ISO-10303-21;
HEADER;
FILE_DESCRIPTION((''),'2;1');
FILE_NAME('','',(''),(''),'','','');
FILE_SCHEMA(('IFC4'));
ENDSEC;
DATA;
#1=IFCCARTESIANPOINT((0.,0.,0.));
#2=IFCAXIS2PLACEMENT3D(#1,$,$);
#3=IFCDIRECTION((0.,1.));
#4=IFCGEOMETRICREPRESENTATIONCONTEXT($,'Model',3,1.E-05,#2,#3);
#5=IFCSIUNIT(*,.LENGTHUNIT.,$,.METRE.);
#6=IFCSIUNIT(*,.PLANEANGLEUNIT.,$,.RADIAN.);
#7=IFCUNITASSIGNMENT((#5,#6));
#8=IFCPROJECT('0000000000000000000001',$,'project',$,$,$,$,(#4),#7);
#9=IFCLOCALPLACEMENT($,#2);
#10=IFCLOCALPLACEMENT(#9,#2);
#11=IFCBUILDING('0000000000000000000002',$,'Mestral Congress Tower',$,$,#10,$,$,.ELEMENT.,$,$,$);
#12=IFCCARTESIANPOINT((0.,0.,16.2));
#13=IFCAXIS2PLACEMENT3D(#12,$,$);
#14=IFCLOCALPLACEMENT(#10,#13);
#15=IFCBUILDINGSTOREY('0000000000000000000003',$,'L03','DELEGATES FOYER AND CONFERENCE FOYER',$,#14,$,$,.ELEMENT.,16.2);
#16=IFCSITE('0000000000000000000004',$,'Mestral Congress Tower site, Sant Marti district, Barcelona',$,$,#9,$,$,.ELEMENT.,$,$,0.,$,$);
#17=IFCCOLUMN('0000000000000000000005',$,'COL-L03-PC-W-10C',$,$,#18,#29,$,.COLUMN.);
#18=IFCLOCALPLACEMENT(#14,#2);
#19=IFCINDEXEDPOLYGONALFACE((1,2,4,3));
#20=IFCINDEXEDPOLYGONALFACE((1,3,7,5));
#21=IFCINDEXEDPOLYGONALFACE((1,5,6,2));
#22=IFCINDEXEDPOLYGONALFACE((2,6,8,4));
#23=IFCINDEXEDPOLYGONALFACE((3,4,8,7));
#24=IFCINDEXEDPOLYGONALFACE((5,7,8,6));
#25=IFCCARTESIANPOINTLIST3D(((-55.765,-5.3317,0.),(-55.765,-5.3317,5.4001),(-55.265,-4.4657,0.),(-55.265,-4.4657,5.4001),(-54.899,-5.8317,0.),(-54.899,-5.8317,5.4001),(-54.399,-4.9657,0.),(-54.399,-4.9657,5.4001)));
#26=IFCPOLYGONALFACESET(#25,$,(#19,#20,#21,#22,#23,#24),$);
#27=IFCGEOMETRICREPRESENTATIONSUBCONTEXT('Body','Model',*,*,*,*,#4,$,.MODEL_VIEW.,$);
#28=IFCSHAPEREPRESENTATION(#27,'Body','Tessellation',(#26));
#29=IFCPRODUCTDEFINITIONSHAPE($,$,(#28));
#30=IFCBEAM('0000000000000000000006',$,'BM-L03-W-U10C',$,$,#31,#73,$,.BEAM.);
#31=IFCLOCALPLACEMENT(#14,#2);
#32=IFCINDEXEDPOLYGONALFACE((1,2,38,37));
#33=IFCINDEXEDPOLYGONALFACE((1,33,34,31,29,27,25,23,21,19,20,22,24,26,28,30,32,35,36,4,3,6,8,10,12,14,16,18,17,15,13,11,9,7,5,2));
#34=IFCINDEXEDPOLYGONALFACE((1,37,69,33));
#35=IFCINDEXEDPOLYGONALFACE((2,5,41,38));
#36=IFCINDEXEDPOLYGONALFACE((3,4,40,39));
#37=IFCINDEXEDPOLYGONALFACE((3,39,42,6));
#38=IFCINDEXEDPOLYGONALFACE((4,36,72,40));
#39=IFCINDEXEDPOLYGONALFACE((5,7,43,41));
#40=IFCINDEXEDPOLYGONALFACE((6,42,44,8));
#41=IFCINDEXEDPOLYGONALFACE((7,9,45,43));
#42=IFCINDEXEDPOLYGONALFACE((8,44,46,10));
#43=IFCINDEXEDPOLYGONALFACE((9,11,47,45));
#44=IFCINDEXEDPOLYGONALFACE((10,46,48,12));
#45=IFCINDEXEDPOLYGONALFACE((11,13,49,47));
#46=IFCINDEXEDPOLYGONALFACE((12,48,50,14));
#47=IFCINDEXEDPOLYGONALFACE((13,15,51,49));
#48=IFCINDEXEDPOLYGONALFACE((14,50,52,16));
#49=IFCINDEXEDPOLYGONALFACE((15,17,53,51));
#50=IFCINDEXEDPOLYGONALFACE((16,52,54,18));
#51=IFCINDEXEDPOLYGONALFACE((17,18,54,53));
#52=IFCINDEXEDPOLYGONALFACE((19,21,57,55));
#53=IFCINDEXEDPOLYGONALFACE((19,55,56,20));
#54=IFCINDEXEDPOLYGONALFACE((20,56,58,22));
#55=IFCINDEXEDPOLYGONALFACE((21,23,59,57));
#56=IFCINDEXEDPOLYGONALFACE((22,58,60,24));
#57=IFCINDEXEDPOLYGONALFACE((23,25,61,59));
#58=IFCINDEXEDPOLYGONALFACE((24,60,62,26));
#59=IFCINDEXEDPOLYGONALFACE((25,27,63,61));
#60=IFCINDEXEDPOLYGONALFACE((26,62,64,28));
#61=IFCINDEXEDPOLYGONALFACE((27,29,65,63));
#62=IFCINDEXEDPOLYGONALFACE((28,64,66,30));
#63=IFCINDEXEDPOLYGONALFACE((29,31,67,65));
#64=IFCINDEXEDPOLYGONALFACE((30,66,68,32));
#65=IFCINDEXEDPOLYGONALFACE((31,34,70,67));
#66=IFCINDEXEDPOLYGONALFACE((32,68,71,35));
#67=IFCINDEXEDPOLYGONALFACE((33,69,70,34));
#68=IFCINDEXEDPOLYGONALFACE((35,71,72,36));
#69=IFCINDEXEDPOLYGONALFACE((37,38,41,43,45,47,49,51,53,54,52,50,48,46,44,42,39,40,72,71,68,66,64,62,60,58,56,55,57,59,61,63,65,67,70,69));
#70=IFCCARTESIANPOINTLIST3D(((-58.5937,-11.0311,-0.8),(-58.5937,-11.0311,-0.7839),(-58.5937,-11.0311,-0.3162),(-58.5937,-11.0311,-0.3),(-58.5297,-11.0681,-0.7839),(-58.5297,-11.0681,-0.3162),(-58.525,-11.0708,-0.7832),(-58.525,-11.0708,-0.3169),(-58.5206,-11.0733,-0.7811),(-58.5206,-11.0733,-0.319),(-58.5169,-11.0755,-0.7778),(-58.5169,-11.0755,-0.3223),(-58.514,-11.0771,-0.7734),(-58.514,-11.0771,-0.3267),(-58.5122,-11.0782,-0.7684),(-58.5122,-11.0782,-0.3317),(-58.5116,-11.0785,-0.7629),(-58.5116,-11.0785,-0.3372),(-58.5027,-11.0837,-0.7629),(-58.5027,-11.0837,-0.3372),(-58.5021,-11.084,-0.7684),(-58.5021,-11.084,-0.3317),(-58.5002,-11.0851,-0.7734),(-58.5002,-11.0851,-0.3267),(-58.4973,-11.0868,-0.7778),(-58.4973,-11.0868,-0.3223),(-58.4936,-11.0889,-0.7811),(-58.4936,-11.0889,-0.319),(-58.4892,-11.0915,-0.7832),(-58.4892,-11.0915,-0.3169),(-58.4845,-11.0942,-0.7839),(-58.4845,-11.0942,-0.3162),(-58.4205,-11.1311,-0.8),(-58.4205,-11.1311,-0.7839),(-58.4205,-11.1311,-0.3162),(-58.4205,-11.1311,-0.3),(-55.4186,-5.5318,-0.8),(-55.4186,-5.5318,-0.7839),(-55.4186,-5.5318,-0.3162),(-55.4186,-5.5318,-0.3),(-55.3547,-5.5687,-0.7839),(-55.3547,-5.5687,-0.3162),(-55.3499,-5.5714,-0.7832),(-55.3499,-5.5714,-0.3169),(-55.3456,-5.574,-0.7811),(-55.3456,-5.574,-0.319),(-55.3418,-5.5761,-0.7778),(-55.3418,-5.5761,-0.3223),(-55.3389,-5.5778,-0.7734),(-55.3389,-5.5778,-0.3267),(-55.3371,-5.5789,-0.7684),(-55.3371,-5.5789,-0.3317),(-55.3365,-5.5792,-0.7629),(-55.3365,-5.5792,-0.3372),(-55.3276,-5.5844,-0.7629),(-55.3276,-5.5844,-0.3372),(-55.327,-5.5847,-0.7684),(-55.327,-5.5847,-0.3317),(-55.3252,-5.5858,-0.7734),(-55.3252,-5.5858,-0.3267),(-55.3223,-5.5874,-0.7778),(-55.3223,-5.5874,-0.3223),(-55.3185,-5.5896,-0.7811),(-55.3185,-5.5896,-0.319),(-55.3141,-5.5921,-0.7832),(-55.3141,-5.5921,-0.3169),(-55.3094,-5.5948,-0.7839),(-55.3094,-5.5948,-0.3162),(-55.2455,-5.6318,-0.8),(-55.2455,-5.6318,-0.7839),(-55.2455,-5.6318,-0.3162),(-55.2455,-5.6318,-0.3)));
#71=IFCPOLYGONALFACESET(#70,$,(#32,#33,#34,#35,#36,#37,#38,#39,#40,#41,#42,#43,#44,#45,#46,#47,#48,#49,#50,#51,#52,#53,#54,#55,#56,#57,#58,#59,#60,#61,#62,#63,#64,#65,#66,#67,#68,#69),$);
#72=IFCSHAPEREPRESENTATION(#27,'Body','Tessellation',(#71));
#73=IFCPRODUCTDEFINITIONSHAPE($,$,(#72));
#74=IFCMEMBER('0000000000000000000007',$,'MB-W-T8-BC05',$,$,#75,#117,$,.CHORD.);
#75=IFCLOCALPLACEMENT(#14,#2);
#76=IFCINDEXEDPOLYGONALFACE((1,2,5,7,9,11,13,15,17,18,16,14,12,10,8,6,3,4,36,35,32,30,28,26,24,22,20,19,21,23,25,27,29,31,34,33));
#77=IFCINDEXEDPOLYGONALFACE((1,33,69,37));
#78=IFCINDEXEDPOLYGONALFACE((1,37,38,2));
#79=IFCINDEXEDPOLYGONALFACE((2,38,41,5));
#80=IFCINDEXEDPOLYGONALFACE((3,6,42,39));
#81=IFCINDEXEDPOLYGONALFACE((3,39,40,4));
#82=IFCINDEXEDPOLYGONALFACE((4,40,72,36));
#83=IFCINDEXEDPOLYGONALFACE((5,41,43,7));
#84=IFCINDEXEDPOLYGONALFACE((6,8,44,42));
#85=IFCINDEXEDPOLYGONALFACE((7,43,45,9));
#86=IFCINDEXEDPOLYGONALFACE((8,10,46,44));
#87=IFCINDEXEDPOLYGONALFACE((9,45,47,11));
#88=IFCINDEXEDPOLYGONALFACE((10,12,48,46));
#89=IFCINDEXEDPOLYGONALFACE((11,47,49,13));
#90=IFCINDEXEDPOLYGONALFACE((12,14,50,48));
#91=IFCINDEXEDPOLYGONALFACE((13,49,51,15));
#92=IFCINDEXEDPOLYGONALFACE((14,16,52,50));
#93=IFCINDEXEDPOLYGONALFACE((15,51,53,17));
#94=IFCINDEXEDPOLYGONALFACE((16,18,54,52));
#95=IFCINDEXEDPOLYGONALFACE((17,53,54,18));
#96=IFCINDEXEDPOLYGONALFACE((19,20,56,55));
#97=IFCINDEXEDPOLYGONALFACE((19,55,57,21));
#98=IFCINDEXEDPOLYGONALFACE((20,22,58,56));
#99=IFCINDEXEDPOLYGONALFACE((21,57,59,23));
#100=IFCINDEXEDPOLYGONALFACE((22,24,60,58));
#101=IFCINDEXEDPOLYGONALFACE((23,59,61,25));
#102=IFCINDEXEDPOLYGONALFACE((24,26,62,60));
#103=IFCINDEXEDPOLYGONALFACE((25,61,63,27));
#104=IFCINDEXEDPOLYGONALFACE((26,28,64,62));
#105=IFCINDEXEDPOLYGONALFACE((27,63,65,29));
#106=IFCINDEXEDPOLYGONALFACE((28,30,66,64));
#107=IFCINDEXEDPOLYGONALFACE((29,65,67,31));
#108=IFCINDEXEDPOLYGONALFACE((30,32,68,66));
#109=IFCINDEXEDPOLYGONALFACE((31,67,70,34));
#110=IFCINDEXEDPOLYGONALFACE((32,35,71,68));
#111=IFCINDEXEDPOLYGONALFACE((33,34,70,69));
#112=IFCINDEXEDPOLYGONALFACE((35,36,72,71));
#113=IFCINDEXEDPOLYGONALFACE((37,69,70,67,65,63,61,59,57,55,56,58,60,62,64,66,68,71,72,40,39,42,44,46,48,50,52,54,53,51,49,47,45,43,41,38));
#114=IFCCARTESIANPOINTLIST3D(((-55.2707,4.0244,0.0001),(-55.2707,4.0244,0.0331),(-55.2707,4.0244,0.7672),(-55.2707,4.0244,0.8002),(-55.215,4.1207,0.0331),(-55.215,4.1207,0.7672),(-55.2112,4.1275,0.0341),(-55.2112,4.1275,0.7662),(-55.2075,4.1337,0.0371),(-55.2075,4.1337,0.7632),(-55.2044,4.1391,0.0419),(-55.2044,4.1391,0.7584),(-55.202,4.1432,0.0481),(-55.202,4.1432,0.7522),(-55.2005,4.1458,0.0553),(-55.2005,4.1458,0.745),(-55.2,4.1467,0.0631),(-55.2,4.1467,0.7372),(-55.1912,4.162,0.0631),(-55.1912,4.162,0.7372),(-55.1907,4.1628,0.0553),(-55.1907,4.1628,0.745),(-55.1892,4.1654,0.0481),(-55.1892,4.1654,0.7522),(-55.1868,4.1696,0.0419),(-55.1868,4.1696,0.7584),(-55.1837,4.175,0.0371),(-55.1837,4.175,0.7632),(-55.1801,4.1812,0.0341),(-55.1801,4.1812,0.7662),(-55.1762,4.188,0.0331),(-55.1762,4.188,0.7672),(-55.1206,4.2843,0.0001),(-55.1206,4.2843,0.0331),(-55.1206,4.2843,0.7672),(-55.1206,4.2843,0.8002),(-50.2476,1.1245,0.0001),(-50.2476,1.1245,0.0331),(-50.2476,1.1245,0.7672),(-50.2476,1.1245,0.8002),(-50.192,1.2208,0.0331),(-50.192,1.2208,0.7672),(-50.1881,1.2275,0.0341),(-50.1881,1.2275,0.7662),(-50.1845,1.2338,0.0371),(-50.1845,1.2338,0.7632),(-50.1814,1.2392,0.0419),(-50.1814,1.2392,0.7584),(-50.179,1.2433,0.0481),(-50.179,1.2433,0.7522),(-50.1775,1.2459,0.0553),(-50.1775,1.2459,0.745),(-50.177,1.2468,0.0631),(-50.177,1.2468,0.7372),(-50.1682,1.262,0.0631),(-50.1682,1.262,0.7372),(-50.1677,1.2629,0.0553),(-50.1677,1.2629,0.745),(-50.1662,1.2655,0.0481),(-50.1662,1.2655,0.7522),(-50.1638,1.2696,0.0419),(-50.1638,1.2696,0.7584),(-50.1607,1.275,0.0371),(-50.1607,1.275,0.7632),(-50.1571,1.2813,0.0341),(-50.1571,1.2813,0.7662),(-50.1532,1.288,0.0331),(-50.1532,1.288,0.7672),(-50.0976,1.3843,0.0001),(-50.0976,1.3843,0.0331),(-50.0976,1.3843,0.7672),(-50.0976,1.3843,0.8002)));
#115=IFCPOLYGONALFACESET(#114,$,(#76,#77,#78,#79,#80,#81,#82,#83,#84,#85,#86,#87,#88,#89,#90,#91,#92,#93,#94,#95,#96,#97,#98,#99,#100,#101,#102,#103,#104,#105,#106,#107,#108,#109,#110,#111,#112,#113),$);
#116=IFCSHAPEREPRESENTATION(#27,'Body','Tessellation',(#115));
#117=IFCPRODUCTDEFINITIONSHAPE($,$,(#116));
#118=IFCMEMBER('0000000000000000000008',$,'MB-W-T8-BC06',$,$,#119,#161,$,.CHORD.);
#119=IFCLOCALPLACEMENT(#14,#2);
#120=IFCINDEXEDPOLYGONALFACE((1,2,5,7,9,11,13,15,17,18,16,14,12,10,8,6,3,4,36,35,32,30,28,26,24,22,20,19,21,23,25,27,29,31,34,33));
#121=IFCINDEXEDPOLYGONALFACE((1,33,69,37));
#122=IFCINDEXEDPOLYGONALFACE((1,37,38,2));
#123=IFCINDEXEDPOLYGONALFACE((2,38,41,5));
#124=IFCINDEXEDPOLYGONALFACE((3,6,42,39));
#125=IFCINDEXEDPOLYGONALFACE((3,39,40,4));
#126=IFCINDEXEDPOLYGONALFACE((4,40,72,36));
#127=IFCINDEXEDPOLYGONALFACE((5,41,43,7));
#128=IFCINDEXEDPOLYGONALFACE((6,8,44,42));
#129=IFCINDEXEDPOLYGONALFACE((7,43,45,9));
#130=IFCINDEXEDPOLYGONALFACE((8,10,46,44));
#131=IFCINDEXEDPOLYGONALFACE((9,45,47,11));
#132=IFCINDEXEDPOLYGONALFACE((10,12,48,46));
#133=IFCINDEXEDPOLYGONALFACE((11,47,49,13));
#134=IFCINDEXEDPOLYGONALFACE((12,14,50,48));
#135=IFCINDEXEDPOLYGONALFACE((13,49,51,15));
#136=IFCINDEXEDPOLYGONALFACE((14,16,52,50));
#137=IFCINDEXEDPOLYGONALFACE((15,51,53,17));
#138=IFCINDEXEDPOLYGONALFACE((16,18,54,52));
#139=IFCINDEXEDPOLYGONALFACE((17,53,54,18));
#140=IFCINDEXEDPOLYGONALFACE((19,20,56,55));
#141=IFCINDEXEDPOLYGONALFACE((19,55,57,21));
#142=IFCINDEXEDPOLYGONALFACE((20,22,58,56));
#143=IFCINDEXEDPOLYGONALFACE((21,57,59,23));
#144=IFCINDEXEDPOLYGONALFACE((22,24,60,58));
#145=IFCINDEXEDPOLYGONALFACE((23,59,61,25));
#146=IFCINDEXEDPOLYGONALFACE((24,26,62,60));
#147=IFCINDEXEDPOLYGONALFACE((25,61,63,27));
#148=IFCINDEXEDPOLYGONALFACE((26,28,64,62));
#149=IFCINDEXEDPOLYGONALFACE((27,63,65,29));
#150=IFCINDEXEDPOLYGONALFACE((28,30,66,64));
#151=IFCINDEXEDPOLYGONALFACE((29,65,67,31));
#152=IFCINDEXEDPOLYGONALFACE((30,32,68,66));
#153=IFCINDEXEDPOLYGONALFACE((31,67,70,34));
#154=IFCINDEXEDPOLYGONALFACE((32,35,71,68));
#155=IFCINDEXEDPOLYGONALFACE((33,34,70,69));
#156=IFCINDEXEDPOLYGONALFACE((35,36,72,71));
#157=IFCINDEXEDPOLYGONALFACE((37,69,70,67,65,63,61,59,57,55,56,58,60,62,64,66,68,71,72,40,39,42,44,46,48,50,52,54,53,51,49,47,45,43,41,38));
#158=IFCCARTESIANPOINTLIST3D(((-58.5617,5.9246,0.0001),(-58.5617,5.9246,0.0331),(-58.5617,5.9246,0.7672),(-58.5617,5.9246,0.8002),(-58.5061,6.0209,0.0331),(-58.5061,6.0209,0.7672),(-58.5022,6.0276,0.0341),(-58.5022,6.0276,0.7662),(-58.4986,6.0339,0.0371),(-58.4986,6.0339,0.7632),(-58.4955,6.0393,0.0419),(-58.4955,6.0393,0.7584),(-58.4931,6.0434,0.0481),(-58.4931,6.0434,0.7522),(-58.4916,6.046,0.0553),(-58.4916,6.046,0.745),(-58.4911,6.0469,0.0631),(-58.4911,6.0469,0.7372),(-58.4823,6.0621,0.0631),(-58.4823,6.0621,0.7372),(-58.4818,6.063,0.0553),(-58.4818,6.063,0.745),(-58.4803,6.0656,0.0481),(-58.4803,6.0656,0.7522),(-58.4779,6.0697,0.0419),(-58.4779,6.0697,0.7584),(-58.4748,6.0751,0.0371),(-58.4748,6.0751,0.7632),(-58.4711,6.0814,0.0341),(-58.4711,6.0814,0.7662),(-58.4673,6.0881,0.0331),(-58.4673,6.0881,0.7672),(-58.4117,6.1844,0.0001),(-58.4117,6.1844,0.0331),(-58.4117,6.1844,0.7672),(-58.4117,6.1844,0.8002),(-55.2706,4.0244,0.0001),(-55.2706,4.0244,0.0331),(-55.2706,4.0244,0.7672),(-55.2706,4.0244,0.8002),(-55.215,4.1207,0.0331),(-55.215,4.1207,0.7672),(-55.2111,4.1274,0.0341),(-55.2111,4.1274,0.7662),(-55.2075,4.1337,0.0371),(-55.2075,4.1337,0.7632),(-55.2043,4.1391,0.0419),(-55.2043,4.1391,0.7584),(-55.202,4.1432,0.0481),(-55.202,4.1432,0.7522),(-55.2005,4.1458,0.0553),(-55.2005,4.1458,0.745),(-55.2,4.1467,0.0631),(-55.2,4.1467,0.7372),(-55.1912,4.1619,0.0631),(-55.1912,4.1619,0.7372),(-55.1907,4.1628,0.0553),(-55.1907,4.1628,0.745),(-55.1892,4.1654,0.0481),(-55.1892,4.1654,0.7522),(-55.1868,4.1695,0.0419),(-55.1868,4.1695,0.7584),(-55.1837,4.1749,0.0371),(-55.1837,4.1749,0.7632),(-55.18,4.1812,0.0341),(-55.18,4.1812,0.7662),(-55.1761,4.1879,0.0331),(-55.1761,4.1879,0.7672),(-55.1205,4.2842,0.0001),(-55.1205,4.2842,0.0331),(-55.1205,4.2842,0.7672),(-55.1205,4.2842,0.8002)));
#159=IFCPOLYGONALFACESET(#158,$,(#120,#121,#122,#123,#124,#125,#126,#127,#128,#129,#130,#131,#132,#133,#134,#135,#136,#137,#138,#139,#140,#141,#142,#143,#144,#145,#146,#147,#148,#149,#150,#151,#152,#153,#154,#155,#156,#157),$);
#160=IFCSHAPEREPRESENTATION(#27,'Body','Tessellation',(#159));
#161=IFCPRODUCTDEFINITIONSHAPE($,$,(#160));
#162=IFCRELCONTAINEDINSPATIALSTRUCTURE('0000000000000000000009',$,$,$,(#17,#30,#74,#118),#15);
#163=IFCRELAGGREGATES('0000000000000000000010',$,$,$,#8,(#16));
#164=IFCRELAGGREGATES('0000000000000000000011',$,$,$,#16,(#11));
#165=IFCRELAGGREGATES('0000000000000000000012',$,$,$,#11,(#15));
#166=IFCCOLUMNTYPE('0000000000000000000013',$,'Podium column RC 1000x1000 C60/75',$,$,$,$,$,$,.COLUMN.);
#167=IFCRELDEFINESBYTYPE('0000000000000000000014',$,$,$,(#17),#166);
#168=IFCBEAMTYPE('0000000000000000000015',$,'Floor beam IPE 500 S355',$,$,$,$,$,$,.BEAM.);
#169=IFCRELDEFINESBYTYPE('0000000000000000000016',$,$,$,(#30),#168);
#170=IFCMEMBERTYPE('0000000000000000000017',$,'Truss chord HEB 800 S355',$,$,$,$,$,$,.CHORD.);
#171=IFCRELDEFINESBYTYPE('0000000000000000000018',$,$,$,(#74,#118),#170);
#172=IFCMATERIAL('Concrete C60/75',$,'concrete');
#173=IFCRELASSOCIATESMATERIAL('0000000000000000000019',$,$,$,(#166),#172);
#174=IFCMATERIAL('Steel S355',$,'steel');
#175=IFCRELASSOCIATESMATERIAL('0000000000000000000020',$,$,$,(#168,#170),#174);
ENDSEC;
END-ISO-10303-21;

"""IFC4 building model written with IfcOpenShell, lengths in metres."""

from ifc_helpers import new_model, si_unit, direction, frame, origin, origin_2d, place, context, subcontext, project, spatial, rectangle, i_section, extrude, material, material_profile, profile_set, type_object, element, save


model = new_model("IFC4")

# Units and contexts
model_context = context("Model", 3, precision=1e-05, world=origin(), true_north=direction((0.0, 1.0)))
body_context = subcontext(model_context, "Body", "Model", "MODEL_VIEW")
ifc_project = project(units=[si_unit("LENGTHUNIT", "METRE"), si_unit("PLANEANGLEUNIT", "RADIAN")], contexts=[model_context])

# Site, building, storey
site_placement = place(None, origin())
site = spatial("IfcSite", under=ifc_project, at=site_placement, Name="Mestral Congress Tower site, Sant Marti district, Barcelona", CompositionType="ELEMENT", RefElevation=0.0)
building_placement = place(site_placement, origin())
building = spatial("IfcBuilding", under=site, at=building_placement, Name="Mestral Congress Tower", CompositionType="ELEMENT")
storey_placement = place(building_placement, frame((0.0, 0.0, 16.2)))
storey = spatial("IfcBuildingStorey", under=building, at=storey_placement, Name="L03", Description="DELEGATES FOYER AND CONFERENCE FOYER", CompositionType="ELEMENT", Elevation=16.2)

# Column
ifc_material_1 = material(Name="Concrete C60/75", Category="concrete")
ifc_material_profile_1 = material_profile(ifc_material_1, rectangle(XDim=1.0, YDim=1.0, at=origin_2d()), Name="RC 1000x1000")
ifc_profile_set_1 = profile_set([ifc_material_profile_1], Name="Concrete C60/75")
column_type = type_object("IfcColumnType", Name="Podium column RC 1000x1000 C60/75", PredefinedType="COLUMN", material=ifc_profile_set_1)
column_placement = place(storey_placement, frame((-55.082, -5.1487, 0.0), z_axis=(0.0, 0.0, 1.0), x_axis=(-0.5, -0.866025, 0.0)))
element("IfcColumn", 1, at=column_placement, inside=storey, type_object=column_type, Name="COL-L03-PC-W-10C", PredefinedType="COLUMN", context=body_context, shape_type="SweptSolid", body=[
    extrude(rectangle(XDim=1.0, YDim=1.0, at=origin_2d()), origin(), (0.0, 0.0, 1.0), 5.4001),
])

# Beam
ifc_material_2 = material(Name="Steel S355", Category="steel")
ifc_material_profile_2 = material_profile(ifc_material_2, i_section(OverallWidth=0.2, OverallDepth=0.5, WebThickness=0.0103, FlangeThickness=0.0161, FilletRadius=0.021, at=origin_2d()), Name="IPE 500")
ifc_profile_set_2 = profile_set([ifc_material_profile_2], Name="Steel S355")
beam_type = type_object("IfcBeamType", Name="Floor beam IPE 500 S355", PredefinedType="BEAM", material=ifc_profile_set_2)
beam_placement = place(storey_placement, frame((-55.332, -5.5818, -0.55), z_axis=(-0.500005, -0.866022, 0.0), x_axis=(0.866022, -0.500005, 0.0)))
element("IfcBeam", 2, at=beam_placement, inside=storey, type_object=beam_type, Name="BM-L03-W-U10C", PredefinedType="BEAM", context=body_context, shape_type="SweptSolid", body=[
    extrude(i_section(OverallWidth=0.2, OverallDepth=0.5, WebThickness=0.0103, FlangeThickness=0.0161, FilletRadius=0.021, at=origin_2d()), origin(), (0.0, 0.0, 1.0), 6.3501),
])

# Members
ifc_material_profile_3 = material_profile(ifc_material_2, i_section(OverallWidth=0.3, OverallDepth=0.8, WebThickness=0.0176, FlangeThickness=0.033, FilletRadius=0.03, at=origin_2d()), Name="HEB 800")
ifc_profile_set_3 = profile_set([ifc_material_profile_3], Name="Steel S355")
member_type_1 = type_object("IfcMemberType", Name="Truss chord HEB 800 S355", PredefinedType="CHORD", material=ifc_profile_set_3)
member_1_placement = place(storey_placement, frame((-50.1726, 1.2544, 0.4001), z_axis=(-0.866033, 0.499987, 0.0), x_axis=(-0.499987, -0.866033, 0.0)))
element("IfcMember", 3, at=member_1_placement, inside=storey, type_object=member_type_1, Name="MB-W-T8-BC05", PredefinedType="CHORD", context=body_context, shape_type="SweptSolid", body=[
    extrude(i_section(OverallWidth=0.3, OverallDepth=0.8, WebThickness=0.0176, FlangeThickness=0.033, FilletRadius=0.03, at=origin_2d()), origin(), (0.0, 0.0, 1.0), 5.8),
])
member_2_placement = place(storey_placement, frame((-55.1956, 4.1543, 0.4001), z_axis=(-0.866017, 0.500015, 0.0), x_axis=(-0.500015, -0.866017, 0.0)))
element("IfcMember", 4, at=member_2_placement, inside=storey, type_object=member_type_1, Name="MB-W-T8-BC06", PredefinedType="CHORD", context=body_context, shape_type="SweptSolid", body=[
    extrude(i_section(OverallWidth=0.3, OverallDepth=0.8, WebThickness=0.0176, FlangeThickness=0.033, FilletRadius=0.03, at=origin_2d()), origin(), (0.0, 0.0, 1.0), 3.8003),
])

save(model, "model.ifc")
